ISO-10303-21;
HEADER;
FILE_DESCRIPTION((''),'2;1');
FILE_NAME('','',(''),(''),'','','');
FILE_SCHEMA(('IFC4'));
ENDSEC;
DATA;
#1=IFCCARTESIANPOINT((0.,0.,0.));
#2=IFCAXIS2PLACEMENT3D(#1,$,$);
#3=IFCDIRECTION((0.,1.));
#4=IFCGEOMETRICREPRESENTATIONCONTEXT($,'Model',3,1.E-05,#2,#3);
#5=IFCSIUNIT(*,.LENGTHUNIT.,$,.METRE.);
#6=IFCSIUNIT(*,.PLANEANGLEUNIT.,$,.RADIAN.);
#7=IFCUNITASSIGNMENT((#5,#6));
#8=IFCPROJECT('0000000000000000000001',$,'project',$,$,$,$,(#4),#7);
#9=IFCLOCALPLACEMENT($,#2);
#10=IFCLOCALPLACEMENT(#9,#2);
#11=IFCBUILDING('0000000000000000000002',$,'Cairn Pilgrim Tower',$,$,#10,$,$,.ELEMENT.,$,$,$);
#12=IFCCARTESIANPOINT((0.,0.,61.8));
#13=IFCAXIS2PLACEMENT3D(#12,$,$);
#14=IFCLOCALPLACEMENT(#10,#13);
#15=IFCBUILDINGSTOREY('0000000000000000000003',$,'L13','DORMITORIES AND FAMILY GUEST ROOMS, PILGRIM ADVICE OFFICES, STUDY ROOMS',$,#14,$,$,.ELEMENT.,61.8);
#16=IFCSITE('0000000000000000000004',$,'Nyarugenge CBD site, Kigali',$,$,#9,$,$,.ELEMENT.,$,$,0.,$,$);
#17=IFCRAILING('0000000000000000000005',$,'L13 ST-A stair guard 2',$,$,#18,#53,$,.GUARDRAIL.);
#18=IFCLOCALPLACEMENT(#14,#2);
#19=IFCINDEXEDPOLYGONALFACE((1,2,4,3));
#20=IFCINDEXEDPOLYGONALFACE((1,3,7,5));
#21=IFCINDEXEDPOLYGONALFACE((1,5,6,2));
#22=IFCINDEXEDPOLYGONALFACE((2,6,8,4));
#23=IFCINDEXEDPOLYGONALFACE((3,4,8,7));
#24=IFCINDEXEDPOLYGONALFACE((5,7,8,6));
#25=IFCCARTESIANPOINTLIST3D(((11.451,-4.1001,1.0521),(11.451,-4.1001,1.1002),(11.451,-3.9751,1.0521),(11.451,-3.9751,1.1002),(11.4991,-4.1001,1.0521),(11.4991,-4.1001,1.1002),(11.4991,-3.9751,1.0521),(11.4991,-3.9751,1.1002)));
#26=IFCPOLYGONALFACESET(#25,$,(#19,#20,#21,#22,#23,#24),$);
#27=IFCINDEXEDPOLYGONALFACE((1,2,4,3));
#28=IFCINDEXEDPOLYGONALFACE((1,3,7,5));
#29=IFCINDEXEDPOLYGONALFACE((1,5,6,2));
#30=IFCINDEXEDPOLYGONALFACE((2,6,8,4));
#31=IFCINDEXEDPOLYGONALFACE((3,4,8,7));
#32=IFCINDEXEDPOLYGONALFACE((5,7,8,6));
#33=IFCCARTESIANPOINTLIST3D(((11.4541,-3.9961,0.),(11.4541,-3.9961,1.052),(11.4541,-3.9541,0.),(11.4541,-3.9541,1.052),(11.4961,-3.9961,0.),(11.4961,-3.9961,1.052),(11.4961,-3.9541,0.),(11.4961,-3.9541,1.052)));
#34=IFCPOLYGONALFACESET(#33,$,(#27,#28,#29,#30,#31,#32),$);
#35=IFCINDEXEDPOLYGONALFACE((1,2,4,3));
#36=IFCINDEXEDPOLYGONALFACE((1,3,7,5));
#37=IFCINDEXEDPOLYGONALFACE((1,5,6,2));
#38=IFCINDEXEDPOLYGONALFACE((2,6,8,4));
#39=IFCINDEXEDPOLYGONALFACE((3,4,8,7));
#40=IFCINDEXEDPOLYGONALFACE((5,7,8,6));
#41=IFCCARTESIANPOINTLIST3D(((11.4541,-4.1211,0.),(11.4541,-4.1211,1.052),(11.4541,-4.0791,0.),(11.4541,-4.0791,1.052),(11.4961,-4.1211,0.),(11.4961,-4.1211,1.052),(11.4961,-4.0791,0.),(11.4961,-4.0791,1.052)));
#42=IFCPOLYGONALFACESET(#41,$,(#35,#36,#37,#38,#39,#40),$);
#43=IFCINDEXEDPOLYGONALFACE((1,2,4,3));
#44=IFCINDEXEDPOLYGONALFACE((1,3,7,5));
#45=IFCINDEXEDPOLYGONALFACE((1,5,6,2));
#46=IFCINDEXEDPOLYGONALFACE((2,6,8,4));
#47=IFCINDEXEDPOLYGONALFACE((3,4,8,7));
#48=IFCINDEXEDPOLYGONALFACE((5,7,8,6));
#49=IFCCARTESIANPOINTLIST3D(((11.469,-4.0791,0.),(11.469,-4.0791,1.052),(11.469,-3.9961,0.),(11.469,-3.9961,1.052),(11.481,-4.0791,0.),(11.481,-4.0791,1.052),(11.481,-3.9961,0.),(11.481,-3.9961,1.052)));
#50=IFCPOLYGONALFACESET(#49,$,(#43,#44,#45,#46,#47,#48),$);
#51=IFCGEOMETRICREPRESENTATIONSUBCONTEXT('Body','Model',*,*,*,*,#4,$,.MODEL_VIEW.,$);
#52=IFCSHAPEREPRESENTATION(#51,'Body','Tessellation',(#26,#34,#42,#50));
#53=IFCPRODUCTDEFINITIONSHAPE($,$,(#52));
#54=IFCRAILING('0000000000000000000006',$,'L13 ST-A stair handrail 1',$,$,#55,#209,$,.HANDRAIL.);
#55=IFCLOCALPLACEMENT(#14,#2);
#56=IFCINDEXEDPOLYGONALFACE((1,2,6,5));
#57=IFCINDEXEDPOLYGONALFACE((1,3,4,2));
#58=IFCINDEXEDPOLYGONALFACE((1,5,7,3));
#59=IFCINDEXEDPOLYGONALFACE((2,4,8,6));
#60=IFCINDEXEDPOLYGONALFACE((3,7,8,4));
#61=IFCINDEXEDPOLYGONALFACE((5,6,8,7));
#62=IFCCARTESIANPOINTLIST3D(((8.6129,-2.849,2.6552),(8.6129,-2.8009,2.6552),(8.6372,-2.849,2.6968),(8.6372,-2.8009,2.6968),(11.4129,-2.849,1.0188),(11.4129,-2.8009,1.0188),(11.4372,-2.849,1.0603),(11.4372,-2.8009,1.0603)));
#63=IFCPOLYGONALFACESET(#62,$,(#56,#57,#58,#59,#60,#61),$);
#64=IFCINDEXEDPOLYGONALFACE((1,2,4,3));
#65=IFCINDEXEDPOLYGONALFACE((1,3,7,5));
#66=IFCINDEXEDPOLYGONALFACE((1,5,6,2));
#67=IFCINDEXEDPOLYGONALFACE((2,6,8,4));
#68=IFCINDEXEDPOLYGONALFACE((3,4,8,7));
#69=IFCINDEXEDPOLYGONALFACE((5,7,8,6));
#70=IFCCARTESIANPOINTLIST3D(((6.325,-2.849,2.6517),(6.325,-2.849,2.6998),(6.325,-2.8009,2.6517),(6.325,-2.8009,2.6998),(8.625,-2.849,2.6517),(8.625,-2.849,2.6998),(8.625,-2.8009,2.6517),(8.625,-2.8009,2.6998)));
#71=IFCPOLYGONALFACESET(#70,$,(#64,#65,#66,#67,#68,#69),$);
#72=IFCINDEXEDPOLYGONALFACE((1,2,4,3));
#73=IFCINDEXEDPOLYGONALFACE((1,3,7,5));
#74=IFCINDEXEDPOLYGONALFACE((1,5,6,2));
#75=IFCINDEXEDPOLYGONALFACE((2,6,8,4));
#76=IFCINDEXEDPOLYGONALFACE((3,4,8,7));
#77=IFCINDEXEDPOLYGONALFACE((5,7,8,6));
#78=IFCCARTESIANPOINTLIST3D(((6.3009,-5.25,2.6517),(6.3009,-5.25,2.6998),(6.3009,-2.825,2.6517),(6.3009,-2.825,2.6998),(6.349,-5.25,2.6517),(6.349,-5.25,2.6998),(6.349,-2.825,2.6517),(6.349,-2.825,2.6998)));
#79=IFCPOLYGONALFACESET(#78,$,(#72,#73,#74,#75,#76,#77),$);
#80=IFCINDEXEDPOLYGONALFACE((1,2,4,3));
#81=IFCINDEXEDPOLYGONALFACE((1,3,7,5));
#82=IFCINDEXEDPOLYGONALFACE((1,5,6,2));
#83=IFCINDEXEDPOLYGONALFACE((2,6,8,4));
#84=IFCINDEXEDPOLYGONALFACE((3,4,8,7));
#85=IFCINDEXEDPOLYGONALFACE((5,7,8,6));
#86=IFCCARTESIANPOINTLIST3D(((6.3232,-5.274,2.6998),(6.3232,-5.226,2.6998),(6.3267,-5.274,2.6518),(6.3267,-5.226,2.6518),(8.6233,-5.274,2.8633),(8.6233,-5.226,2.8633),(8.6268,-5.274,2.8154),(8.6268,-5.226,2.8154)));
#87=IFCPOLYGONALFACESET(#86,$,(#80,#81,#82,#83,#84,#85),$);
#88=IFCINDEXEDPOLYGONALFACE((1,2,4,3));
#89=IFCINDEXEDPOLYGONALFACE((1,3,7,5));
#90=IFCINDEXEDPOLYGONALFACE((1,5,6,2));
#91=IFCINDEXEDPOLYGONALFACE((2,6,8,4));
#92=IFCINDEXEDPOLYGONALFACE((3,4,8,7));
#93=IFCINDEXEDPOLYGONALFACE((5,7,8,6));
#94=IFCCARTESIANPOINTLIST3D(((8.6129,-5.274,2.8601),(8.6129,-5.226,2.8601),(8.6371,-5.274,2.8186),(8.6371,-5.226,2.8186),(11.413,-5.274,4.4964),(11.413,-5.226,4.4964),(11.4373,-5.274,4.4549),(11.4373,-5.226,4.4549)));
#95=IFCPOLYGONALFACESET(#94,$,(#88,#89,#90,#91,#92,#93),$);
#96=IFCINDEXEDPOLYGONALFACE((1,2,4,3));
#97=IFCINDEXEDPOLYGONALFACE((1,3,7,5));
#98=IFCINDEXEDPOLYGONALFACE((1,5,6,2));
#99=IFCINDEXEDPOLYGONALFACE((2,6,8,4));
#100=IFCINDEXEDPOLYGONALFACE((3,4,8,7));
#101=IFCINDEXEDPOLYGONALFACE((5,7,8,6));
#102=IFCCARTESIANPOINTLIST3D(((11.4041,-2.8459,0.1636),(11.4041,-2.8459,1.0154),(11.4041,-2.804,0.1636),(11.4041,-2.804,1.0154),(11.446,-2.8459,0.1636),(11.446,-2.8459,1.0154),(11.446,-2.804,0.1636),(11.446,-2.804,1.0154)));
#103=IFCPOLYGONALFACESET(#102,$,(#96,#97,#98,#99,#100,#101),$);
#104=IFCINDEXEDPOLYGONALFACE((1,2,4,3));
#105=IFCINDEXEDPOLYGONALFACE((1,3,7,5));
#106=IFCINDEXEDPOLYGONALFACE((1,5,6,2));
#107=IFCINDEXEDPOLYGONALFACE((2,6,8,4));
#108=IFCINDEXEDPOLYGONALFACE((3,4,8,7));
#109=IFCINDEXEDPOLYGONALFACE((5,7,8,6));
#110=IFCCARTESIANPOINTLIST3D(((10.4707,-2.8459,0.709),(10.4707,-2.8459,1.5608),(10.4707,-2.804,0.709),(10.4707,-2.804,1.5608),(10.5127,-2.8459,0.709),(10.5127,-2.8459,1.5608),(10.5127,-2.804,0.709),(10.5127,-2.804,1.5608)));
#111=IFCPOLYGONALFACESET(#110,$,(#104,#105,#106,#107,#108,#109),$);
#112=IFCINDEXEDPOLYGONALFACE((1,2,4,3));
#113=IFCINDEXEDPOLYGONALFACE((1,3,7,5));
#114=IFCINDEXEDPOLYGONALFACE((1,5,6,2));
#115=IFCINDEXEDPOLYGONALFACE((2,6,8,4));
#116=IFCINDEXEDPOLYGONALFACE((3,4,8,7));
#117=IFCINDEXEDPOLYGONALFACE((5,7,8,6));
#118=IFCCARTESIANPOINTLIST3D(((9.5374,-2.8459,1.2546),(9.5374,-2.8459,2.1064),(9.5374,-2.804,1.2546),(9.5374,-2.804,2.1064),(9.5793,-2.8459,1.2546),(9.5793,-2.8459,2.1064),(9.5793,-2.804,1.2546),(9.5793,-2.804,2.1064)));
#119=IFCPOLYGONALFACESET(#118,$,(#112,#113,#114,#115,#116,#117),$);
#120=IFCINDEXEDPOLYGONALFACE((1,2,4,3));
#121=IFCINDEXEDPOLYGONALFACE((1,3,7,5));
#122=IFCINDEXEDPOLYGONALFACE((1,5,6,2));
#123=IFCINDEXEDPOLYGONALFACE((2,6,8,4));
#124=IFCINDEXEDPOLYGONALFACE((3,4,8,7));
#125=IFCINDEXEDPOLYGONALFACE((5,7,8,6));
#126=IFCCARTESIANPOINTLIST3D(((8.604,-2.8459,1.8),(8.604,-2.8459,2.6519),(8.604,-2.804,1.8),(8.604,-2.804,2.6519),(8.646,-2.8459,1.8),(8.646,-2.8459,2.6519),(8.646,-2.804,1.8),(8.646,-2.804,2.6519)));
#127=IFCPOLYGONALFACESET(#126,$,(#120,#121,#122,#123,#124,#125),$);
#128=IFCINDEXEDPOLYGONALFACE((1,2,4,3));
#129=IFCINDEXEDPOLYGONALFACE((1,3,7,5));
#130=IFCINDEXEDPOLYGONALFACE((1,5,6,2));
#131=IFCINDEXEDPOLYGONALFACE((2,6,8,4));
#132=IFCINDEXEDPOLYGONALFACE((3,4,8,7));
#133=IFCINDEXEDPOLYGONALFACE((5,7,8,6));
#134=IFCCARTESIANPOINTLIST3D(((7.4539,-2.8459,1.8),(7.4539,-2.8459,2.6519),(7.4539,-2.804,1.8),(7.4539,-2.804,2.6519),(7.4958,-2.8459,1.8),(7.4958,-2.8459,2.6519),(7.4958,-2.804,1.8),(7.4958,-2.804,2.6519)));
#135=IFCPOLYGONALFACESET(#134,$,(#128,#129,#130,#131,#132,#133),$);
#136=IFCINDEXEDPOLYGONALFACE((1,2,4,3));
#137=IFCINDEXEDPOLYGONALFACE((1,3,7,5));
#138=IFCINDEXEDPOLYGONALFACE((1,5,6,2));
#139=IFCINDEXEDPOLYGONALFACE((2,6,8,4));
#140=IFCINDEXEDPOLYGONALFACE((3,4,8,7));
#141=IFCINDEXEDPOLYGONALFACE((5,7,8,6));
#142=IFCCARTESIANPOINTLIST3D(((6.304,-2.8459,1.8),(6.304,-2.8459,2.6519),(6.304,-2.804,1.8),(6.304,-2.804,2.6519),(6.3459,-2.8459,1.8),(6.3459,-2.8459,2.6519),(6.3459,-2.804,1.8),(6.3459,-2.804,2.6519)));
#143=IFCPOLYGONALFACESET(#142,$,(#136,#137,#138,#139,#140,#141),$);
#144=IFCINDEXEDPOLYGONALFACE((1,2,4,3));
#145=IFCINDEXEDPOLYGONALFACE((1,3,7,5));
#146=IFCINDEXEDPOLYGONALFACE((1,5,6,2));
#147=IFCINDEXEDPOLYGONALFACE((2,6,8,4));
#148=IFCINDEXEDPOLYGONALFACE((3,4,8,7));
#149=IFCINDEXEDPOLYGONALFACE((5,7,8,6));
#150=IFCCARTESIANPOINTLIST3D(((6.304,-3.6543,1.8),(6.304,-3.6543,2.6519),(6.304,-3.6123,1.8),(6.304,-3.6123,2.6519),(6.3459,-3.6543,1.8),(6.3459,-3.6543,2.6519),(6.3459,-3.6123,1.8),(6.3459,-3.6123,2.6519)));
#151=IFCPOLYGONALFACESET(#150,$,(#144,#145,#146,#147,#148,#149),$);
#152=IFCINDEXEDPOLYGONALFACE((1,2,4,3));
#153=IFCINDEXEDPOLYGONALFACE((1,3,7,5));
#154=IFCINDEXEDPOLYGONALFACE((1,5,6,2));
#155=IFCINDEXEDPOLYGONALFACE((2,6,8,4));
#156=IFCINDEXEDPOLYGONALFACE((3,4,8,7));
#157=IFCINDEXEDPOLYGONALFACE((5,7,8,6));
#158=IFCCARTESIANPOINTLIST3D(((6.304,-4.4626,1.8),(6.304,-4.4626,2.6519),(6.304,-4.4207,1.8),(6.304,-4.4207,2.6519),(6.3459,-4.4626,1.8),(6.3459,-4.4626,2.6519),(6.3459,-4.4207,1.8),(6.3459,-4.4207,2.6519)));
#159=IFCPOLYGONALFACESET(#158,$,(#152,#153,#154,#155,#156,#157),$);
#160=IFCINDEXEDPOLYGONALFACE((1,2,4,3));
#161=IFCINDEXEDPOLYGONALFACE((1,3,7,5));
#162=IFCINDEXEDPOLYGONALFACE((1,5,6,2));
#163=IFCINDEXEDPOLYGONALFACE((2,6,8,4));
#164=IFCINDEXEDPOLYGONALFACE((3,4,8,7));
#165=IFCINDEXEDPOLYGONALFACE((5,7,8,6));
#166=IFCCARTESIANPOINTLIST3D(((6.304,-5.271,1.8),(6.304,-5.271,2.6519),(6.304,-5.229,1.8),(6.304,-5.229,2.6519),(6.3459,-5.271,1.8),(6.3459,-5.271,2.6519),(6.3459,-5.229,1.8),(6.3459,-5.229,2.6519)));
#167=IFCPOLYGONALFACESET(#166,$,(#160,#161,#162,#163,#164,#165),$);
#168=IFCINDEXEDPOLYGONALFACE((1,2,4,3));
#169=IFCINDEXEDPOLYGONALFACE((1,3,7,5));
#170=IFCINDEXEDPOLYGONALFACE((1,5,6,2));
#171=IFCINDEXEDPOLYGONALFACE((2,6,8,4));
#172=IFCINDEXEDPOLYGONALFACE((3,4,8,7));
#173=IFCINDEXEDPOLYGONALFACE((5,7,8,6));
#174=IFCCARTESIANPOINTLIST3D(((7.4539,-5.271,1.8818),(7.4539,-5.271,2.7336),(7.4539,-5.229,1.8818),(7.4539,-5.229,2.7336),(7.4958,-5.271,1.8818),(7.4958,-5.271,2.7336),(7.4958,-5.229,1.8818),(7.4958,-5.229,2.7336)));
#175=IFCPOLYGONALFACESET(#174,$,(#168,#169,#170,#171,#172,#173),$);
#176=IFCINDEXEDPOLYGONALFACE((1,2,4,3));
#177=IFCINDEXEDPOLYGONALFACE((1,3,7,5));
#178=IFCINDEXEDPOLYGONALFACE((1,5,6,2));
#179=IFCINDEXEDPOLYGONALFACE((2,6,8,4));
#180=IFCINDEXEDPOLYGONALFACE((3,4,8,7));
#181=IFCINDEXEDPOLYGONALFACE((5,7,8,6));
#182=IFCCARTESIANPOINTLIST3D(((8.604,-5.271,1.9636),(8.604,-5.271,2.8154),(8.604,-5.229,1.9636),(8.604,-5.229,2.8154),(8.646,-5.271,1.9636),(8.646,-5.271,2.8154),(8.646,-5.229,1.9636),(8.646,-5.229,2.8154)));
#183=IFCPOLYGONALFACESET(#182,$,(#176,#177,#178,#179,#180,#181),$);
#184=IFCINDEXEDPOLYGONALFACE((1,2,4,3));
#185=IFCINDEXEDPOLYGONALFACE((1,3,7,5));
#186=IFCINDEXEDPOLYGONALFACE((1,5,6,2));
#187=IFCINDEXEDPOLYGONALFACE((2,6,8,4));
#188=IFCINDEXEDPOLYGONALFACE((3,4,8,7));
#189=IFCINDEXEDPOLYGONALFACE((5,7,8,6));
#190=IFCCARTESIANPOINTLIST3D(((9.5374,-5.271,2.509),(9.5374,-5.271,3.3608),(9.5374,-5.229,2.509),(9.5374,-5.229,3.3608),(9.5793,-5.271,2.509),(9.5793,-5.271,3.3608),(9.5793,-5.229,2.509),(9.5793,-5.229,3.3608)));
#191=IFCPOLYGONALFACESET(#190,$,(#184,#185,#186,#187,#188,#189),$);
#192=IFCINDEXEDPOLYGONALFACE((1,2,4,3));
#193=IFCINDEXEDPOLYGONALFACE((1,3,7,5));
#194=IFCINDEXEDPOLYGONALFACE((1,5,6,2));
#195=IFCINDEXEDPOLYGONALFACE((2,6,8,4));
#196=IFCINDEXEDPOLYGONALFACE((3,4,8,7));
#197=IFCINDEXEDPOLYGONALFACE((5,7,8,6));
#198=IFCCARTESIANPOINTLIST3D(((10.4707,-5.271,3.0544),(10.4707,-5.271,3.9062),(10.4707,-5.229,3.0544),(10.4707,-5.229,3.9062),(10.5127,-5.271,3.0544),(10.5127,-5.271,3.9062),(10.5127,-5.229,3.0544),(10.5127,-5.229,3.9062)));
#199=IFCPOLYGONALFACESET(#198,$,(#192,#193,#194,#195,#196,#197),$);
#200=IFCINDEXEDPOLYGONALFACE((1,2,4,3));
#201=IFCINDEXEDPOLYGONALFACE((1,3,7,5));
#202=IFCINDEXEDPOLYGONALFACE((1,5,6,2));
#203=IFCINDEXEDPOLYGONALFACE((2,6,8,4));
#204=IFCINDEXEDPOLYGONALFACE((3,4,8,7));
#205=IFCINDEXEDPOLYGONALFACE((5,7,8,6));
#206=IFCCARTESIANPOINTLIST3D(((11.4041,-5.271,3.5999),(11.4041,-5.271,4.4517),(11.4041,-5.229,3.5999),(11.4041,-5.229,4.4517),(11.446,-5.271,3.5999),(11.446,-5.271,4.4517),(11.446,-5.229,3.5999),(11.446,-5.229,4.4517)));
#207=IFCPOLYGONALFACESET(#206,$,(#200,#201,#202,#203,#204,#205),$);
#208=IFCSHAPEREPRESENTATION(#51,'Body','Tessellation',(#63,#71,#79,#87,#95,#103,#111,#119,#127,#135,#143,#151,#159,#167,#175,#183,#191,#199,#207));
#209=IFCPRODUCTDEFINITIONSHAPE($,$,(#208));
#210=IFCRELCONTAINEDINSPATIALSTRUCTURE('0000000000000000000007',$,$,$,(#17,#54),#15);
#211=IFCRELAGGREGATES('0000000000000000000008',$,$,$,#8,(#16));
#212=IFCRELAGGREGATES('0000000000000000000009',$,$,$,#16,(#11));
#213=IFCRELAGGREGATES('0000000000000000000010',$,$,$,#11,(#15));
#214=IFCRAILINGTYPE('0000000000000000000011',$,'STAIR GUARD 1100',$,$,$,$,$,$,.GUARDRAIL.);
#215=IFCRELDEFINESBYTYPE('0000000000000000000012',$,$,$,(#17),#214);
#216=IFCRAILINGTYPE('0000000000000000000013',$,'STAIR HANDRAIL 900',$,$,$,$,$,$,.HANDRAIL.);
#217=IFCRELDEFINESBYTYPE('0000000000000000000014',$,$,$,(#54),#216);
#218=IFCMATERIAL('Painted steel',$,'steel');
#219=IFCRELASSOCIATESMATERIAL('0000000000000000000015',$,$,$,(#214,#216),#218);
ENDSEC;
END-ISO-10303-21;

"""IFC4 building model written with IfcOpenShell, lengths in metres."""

from ifc_helpers import new_model, si_unit, direction, frame, origin, origin_2d, place, context, subcontext, project, spatial, polyline, rectangle, outline, extrude, material, type_object, element, save


model = new_model("IFC4")

# Units and contexts
model_context = context("Model", 3, precision=1e-05, world=origin(), true_north=direction((0.0, 1.0)))
body_context = subcontext(model_context, "Body", "Model", "MODEL_VIEW")
ifc_project = project(units=[si_unit("LENGTHUNIT", "METRE"), si_unit("PLANEANGLEUNIT", "RADIAN")], contexts=[model_context])

# Site, building, storey
site_placement = place(None, origin())
site = spatial("IfcSite", under=ifc_project, at=site_placement, Name="Nyarugenge CBD site, Kigali", CompositionType="ELEMENT", RefElevation=0.0)
building_placement = place(site_placement, origin())
building = spatial("IfcBuilding", under=site, at=building_placement, Name="Cairn Pilgrim Tower", CompositionType="ELEMENT")
storey_placement = place(building_placement, frame((0.0, 0.0, 61.8)))
storey = spatial("IfcBuildingStorey", under=building, at=storey_placement, Name="L13", Description="DORMITORIES AND FAMILY GUEST ROOMS, PILGRIM ADVICE OFFICES, STUDY ROOMS", CompositionType="ELEMENT", Elevation=61.8)

# Shared definitions
ifc_material_1 = material(Name="Painted steel", Category="steel")

# Railings
railing_type_1 = type_object("IfcRailingType", Name="STAIR GUARD 1100", PredefinedType="GUARDRAIL", material=ifc_material_1)
railing_1_placement = place(storey_placement, frame((11.4751, -3.9751, 0.0)))
element("IfcRailing", 1, at=railing_1_placement, inside=storey, type_object=railing_type_1, Name="L13 ST-A stair guard 2", PredefinedType="GUARDRAIL", context=body_context, shape_type="SweptSolid", body=[
    extrude(rectangle(XDim=0.0481, YDim=0.0481, at=origin_2d()), frame((0.0, 0.0, 1.0762), z_axis=(0.0, -1.0, 0.0), x_axis=(1.0, 0.0, 0.0)), (0.0, 0.0, 1.0), 0.125),
    extrude(rectangle(XDim=0.042, YDim=0.042, at=origin_2d()), origin(), (0.0, 0.0, 1.0), 1.052),
    extrude(rectangle(XDim=0.042, YDim=0.042, at=origin_2d()), frame((0.0, -0.125, 0.0)), (0.0, 0.0, 1.0), 1.052),
    extrude(outline(polyline([(0.021, 0.0), (0.104, 0.0), (0.104, 1.052), (0.021, 1.052), (0.021, 0.0)])), frame((0.0059, 0.0, 0.0), z_axis=(-1.0, 0.0, 0.0), x_axis=(0.0, -1.0, 0.0)), (0.0, 0.0, 1.0), 0.012),
])
railing_type_2 = type_object("IfcRailingType", Name="STAIR HANDRAIL 900", PredefinedType="HANDRAIL", material=ifc_material_1)
railing_2_placement = place(storey_placement, frame((11.425, -2.825, 0.1636)))
element("IfcRailing", 2, at=railing_2_placement, inside=storey, type_object=railing_type_2, Name="L13 ST-A stair handrail 1", PredefinedType="HANDRAIL", context=body_context, shape_type="SweptSolid", body=[
    extrude(rectangle(XDim=0.0481, YDim=0.0481, at=origin_2d()), frame((0.0, 0.0, 0.876), z_axis=(-0.863361, 0.0, 0.504587), x_axis=(0.0, -1.0, 0.0)), (0.0, 0.0, 1.0), 3.2432),
    extrude(rectangle(XDim=0.0481, YDim=0.0481, at=origin_2d()), frame((-2.8, 0.0, 2.5122), z_axis=(-1.0, 0.0, 0.0), x_axis=(0.0, -1.0, 0.0)), (0.0, 0.0, 1.0), 2.3),
    extrude(rectangle(XDim=0.0481, YDim=0.0481, at=origin_2d()), frame((-5.1001, 0.0, 2.5122), z_axis=(0.0, -1.0, 0.0), x_axis=(1.0, 0.0, 0.0)), (0.0, 0.0, 1.0), 2.425),
    extrude(rectangle(XDim=0.0481, YDim=0.0481, at=origin_2d()), frame((-5.1001, -2.425, 2.5122), z_axis=(0.997481, 0.0, 0.070939), x_axis=(0.0, 1.0, 0.0)), (0.0, 0.0, 1.0), 2.3059),
    extrude(rectangle(XDim=0.0481, YDim=0.0481, at=origin_2d()), frame((-2.8, -2.425, 2.6758), z_axis=(0.863394, 0.0, 0.504531), x_axis=(0.0, 1.0, 0.0)), (0.0, 0.0, 1.0), 3.2432),
    extrude(rectangle(XDim=0.042, YDim=0.042, at=origin_2d()), origin(), (0.0, 0.0, 1.0), 0.8518),
    extrude(rectangle(XDim=0.042, YDim=0.042, at=origin_2d()), frame((-0.9333, 0.0, 0.5454)), (0.0, 0.0, 1.0), 0.8518),
    extrude(rectangle(XDim=0.042, YDim=0.042, at=origin_2d()), frame((-1.8667, 0.0, 1.0911)), (0.0, 0.0, 1.0), 0.8518),
    extrude(rectangle(XDim=0.042, YDim=0.042, at=origin_2d()), frame((-2.8, 0.0, 1.6365)), (0.0, 0.0, 1.0), 0.8518),
    extrude(rectangle(XDim=0.042, YDim=0.042, at=origin_2d()), frame((-3.9502, 0.0, 1.6365)), (0.0, 0.0, 1.0), 0.8518),
    extrude(rectangle(XDim=0.042, YDim=0.042, at=origin_2d()), frame((-5.1001, 0.0, 1.6365)), (0.0, 0.0, 1.0), 0.8518),
    extrude(rectangle(XDim=0.042, YDim=0.042, at=origin_2d()), frame((-5.1001, -0.8083, 1.6365)), (0.0, 0.0, 1.0), 0.8518),
    extrude(rectangle(XDim=0.042, YDim=0.042, at=origin_2d()), frame((-5.1001, -1.6167, 1.6365)), (0.0, 0.0, 1.0), 0.8518),
    extrude(rectangle(XDim=0.042, YDim=0.042, at=origin_2d()), frame((-5.1001, -2.425, 1.6365)), (0.0, 0.0, 1.0), 0.8518),
    extrude(rectangle(XDim=0.042, YDim=0.042, at=origin_2d()), frame((-3.9502, -2.425, 1.7183)), (0.0, 0.0, 1.0), 0.8518),
    extrude(rectangle(XDim=0.042, YDim=0.042, at=origin_2d()), frame((-2.8, -2.425, 1.8)), (0.0, 0.0, 1.0), 0.8518),
    extrude(rectangle(XDim=0.042, YDim=0.042, at=origin_2d()), frame((-1.8667, -2.425, 2.3455)), (0.0, 0.0, 1.0), 0.8518),
    extrude(rectangle(XDim=0.042, YDim=0.042, at=origin_2d()), frame((-0.9333, -2.425, 2.8909)), (0.0, 0.0, 1.0), 0.8518),
    extrude(rectangle(XDim=0.042, YDim=0.042, at=origin_2d()), frame((0.0, -2.425, 3.4363)), (0.0, 0.0, 1.0), 0.8518),
])

save(model, "model.ifc")
